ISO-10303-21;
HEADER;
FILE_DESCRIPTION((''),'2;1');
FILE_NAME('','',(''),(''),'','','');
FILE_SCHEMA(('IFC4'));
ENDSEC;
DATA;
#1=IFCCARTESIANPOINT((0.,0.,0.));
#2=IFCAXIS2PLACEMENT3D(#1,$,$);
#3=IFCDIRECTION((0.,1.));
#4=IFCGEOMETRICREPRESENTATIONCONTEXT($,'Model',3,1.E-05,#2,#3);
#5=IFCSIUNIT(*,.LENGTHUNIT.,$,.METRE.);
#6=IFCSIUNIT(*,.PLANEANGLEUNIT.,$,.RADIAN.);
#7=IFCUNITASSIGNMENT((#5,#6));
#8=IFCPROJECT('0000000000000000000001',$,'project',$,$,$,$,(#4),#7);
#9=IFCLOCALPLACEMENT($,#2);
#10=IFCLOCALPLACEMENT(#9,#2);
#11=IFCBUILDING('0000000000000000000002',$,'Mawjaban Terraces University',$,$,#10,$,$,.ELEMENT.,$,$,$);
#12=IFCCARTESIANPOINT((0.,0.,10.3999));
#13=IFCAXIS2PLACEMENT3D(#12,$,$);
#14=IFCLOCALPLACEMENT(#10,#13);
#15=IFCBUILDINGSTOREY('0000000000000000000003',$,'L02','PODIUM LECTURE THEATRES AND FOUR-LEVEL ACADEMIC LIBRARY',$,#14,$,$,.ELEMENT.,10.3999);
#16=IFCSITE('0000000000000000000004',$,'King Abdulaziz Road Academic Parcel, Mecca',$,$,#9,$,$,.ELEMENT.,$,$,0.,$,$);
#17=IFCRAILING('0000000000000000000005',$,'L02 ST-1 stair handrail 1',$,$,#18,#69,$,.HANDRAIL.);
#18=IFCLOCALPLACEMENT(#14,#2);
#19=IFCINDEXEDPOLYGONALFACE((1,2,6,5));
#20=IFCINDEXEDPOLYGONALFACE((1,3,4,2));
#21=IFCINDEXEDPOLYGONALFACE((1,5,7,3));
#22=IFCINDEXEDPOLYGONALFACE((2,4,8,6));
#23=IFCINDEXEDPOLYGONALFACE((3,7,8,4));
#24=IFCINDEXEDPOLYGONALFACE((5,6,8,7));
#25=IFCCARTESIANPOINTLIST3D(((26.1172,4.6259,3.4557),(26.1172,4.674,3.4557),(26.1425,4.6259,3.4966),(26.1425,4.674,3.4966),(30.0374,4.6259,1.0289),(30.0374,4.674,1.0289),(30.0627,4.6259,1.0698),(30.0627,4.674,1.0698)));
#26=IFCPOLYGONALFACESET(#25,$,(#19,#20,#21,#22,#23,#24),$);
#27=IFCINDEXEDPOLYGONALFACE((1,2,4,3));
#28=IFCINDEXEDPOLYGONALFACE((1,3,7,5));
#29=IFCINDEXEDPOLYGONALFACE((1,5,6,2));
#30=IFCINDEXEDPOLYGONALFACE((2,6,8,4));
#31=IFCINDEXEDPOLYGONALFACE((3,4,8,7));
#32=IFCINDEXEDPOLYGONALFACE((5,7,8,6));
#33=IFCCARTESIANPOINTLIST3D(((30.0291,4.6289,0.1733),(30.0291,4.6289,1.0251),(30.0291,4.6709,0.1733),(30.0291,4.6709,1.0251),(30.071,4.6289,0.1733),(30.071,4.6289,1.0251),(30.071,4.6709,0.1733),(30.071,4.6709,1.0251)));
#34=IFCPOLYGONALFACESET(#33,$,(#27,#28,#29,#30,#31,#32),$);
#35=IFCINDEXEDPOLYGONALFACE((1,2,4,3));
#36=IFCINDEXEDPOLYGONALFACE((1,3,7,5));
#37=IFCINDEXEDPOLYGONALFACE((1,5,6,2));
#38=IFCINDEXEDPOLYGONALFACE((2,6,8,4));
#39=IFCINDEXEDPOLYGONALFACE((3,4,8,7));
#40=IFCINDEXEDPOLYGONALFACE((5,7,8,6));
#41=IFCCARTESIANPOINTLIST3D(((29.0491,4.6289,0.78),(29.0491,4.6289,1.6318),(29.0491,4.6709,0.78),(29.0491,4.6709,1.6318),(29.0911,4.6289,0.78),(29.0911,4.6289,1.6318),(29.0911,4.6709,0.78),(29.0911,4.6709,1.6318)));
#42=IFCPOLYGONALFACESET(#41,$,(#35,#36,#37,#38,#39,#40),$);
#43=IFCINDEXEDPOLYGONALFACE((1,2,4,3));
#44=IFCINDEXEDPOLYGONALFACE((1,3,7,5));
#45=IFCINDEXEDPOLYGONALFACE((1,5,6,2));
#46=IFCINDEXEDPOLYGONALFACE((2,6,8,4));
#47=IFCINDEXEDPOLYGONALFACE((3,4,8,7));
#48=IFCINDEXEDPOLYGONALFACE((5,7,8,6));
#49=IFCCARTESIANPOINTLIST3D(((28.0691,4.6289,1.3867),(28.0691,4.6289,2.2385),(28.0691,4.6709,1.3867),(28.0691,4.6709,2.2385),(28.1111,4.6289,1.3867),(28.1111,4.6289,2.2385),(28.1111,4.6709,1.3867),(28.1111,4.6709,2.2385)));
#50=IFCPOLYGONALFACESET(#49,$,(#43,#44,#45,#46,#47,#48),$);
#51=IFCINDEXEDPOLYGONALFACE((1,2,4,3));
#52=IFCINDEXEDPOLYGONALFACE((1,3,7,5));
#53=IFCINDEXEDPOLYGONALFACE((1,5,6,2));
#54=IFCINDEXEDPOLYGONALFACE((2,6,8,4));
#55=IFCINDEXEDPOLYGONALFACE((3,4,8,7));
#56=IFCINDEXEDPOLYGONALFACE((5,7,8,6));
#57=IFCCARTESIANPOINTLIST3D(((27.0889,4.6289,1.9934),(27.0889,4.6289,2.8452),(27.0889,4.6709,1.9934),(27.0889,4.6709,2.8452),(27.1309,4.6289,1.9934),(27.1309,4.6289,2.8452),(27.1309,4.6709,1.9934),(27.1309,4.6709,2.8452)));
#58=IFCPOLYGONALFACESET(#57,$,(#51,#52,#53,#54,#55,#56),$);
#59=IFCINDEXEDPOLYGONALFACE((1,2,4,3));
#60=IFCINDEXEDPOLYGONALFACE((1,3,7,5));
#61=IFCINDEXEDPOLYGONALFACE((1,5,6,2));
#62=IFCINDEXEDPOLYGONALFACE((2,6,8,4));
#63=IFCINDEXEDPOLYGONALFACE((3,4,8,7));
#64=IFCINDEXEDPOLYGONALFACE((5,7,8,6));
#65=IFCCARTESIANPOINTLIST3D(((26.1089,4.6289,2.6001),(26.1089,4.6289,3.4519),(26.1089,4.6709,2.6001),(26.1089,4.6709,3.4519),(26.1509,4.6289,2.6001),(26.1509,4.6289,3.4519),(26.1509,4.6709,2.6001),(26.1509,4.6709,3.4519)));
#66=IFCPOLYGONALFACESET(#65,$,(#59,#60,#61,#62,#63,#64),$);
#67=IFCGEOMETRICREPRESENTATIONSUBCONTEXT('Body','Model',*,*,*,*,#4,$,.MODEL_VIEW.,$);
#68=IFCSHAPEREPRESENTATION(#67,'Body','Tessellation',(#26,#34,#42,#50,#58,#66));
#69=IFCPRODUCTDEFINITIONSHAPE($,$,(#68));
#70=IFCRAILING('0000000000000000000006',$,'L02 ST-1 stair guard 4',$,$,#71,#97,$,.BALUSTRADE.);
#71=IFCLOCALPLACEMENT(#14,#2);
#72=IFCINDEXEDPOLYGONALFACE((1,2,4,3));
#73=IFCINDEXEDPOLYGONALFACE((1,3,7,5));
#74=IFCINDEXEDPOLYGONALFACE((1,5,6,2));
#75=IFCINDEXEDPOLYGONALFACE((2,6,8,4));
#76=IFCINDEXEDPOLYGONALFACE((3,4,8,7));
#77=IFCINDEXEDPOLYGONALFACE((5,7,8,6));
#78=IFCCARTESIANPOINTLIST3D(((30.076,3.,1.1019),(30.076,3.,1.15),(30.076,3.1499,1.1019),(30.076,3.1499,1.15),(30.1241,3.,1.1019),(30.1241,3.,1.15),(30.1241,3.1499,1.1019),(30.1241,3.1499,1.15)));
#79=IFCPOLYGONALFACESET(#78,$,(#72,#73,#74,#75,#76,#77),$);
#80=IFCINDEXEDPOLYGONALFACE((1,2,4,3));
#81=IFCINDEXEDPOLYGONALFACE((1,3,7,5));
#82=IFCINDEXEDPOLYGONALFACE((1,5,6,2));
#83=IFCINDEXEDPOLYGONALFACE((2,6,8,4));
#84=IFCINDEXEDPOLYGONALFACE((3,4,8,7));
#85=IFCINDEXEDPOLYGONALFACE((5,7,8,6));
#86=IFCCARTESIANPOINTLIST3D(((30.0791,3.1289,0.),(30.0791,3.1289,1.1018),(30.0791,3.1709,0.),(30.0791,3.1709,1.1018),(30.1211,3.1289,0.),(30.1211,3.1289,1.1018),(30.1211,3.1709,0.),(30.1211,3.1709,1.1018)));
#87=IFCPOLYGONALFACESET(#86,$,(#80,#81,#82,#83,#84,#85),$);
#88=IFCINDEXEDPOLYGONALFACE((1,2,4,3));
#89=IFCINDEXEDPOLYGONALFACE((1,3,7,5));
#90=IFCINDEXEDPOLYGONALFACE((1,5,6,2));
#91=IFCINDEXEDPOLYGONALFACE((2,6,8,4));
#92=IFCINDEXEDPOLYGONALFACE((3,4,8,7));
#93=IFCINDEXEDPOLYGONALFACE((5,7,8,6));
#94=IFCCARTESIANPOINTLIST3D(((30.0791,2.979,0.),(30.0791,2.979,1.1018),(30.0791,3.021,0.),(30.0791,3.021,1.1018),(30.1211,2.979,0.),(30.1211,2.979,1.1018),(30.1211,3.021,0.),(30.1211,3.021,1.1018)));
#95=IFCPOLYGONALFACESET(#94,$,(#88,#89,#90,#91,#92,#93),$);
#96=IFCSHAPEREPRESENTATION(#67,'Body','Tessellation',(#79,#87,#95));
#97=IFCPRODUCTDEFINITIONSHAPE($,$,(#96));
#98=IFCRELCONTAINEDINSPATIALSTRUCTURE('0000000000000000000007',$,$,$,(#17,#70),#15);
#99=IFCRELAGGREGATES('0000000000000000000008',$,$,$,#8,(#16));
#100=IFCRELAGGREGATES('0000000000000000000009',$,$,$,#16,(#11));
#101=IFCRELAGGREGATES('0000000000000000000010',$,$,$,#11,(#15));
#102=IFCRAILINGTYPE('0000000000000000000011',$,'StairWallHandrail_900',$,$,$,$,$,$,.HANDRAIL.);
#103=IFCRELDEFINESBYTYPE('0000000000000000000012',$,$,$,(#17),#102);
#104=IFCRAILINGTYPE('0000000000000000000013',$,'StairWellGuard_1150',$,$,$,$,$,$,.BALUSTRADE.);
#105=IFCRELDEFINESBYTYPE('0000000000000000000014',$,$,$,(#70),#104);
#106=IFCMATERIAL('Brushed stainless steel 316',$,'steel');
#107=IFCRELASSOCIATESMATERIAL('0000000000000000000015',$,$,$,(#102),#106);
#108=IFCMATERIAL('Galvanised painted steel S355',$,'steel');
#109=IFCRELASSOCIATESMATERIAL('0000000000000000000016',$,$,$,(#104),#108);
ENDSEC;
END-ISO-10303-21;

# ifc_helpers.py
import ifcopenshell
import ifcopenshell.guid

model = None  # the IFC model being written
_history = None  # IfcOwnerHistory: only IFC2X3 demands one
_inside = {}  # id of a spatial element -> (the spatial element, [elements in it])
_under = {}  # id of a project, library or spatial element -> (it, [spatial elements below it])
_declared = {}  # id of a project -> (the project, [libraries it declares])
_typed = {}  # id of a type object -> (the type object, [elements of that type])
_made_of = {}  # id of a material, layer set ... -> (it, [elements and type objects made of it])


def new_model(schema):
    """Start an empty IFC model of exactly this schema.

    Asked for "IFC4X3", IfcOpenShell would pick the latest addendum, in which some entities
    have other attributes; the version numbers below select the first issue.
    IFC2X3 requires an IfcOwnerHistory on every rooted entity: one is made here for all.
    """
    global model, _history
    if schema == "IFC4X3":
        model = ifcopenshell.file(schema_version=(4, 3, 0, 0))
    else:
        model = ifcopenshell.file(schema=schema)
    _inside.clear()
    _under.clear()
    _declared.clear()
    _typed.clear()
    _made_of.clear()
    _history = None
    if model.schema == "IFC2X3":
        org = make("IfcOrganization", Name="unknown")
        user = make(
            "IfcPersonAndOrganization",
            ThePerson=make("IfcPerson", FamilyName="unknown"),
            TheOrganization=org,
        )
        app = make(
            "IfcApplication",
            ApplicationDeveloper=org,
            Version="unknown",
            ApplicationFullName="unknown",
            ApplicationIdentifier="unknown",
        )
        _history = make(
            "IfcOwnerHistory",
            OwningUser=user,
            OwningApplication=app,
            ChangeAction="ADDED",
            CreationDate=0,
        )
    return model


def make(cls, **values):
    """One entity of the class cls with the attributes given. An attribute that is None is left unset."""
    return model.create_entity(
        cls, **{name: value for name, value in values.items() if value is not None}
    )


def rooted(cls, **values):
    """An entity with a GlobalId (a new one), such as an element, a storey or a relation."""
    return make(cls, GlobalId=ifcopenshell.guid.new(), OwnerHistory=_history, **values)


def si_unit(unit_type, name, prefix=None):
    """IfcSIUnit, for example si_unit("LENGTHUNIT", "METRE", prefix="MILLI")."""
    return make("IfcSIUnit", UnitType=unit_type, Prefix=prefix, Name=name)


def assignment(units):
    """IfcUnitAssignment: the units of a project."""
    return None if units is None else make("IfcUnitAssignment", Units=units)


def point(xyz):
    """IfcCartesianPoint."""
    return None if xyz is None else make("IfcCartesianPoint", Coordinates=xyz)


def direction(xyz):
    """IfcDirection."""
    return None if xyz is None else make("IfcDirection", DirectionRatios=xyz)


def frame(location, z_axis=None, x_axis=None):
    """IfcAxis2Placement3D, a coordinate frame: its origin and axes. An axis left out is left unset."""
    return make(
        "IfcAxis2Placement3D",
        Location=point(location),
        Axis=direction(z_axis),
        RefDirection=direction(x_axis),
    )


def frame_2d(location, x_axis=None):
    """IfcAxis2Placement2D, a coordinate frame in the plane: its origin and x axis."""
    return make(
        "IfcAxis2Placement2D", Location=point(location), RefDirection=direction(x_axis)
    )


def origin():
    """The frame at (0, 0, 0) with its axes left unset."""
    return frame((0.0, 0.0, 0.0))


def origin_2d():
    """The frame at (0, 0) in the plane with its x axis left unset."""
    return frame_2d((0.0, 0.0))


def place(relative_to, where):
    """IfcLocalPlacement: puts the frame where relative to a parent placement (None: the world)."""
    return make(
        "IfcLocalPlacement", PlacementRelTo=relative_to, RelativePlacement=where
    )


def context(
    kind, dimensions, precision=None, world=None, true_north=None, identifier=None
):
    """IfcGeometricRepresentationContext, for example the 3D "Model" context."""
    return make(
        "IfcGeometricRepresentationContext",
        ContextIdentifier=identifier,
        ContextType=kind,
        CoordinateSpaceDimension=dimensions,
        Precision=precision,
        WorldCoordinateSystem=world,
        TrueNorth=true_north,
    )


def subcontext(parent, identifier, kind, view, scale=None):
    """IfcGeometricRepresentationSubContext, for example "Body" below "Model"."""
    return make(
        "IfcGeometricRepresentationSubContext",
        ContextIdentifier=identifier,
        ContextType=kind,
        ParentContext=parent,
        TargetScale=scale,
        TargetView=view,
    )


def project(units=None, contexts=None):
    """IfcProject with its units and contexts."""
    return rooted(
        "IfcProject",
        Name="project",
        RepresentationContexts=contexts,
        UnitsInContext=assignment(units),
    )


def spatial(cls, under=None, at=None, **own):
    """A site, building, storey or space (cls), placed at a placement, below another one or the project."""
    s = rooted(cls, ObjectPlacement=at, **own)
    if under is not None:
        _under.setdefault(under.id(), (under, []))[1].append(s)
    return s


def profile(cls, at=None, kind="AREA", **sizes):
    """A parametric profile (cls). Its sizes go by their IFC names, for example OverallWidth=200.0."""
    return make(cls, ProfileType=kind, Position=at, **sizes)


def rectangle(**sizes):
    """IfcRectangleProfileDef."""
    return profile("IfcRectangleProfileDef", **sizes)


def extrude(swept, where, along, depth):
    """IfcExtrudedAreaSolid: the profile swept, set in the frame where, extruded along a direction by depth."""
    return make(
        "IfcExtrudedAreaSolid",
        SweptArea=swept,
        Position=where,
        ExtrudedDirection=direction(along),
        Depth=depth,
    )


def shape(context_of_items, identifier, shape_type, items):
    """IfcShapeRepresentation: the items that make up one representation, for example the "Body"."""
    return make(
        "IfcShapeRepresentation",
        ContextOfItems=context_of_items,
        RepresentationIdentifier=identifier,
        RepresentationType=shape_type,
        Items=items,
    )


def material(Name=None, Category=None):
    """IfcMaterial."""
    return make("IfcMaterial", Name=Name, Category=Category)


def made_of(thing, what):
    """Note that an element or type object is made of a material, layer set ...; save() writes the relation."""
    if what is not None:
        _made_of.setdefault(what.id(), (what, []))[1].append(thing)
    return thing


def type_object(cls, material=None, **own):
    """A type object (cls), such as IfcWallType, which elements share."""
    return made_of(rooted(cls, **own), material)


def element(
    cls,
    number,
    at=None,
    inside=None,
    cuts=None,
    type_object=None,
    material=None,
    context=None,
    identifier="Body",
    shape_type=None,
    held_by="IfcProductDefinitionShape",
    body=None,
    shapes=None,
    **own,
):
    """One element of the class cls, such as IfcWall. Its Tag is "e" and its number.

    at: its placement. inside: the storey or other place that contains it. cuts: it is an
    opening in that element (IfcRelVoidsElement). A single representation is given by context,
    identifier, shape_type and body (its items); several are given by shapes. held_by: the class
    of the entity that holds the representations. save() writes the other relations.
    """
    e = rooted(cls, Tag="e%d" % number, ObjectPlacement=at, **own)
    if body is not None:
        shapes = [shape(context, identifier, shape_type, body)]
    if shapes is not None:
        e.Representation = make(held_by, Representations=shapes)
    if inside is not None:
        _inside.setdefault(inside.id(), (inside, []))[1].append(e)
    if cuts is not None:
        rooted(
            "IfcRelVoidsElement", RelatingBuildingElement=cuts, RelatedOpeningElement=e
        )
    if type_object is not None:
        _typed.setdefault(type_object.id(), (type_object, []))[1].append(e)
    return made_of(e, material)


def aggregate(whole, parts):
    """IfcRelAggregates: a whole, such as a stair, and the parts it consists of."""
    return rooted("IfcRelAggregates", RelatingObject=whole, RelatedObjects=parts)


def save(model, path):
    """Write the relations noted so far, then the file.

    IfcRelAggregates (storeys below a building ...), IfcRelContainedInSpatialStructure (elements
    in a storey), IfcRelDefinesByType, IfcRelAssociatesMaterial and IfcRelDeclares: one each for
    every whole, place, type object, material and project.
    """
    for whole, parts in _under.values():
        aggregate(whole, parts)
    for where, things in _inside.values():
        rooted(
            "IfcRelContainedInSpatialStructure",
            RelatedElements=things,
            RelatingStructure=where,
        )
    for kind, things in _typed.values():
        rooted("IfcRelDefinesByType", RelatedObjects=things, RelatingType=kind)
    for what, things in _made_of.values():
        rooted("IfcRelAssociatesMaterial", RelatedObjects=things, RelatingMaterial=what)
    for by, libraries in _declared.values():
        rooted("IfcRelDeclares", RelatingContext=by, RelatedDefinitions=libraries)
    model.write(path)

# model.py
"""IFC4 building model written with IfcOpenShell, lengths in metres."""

from ifc_helpers import new_model, si_unit, direction, frame, origin, origin_2d, place, context, subcontext, project, spatial, rectangle, extrude, material, type_object, element, save


model = new_model("IFC4")

# Units and contexts
model_context = context("Model", 3, precision=1e-05, world=origin(), true_north=direction((0.0, 1.0)))
body_context = subcontext(model_context, "Body", "Model", "MODEL_VIEW")
ifc_project = project(units=[si_unit("LENGTHUNIT", "METRE"), si_unit("PLANEANGLEUNIT", "RADIAN")], contexts=[model_context])

# Site, building, storey
site_placement = place(None, origin())
site = spatial("IfcSite", under=ifc_project, at=site_placement, Name="King Abdulaziz Road Academic Parcel, Mecca", CompositionType="ELEMENT", RefElevation=0.0)
building_placement = place(site_placement, origin())
building = spatial("IfcBuilding", under=site, at=building_placement, Name="Mawjaban Terraces University", CompositionType="ELEMENT")
storey_placement = place(building_placement, frame((0.0, 0.0, 10.3999)))
storey = spatial("IfcBuildingStorey", under=building, at=storey_placement, Name="L02", Description="PODIUM LECTURE THEATRES AND FOUR-LEVEL ACADEMIC LIBRARY", CompositionType="ELEMENT", Elevation=10.3999)

# Railings
ifc_material_1 = material(Name="Brushed stainless steel 316", Category="steel")
railing_type_1 = type_object("IfcRailingType", Name="StairWallHandrail_900", PredefinedType="HANDRAIL", material=ifc_material_1)
railing_1_placement = place(storey_placement, frame((30.05, 4.6499, 0.1733)))
element("IfcRailing", 1, at=railing_1_placement, inside=storey, type_object=railing_type_1, Name="L02 ST-1 stair handrail 1", PredefinedType="HANDRAIL", context=body_context, shape_type="SweptSolid", body=[
    extrude(rectangle(XDim=0.0481, YDim=0.0481, at=origin_2d()), frame((0.0, 0.0, 0.876), z_axis=(-0.850266, 0.0, 0.526353), x_axis=(0.0, -1.0, 0.0)), (0.0, 0.0, 1.0), 4.6106),
    extrude(rectangle(XDim=0.042, YDim=0.042, at=origin_2d()), origin(), (0.0, 0.0, 1.0), 0.8518),
    extrude(rectangle(XDim=0.042, YDim=0.042, at=origin_2d()), frame((-0.98, 0.0, 0.6067)), (0.0, 0.0, 1.0), 0.8518),
    extrude(rectangle(XDim=0.042, YDim=0.042, at=origin_2d()), frame((-1.96, 0.0, 1.2134)), (0.0, 0.0, 1.0), 0.8518),
    extrude(rectangle(XDim=0.042, YDim=0.042, at=origin_2d()), frame((-2.9402, 0.0, 1.8201)), (0.0, 0.0, 1.0), 0.8518),
    extrude(rectangle(XDim=0.042, YDim=0.042, at=origin_2d()), frame((-3.9202, 0.0, 2.4268)), (0.0, 0.0, 1.0), 0.8518),
])
ifc_material_2 = material(Name="Galvanised painted steel S355", Category="steel")
railing_type_2 = type_object("IfcRailingType", Name="StairWellGuard_1150", PredefinedType="BALUSTRADE", material=ifc_material_2)
railing_2_placement = place(storey_placement, frame((30.1001, 3.1499, 0.0)))
element("IfcRailing", 2, at=railing_2_placement, inside=storey, type_object=railing_type_2, Name="L02 ST-1 stair guard 4", PredefinedType="BALUSTRADE", context=body_context, shape_type="SweptSolid", body=[
    extrude(rectangle(XDim=0.0481, YDim=0.0481, at=origin_2d()), frame((0.0, 0.0, 1.126), z_axis=(0.0, -1.0, 0.0), x_axis=(1.0, 0.0, 0.0)), (0.0, 0.0, 1.0), 0.1499),
    extrude(rectangle(XDim=0.042, YDim=0.042, at=origin_2d()), origin(), (0.0, 0.0, 1.0), 1.1018),
    extrude(rectangle(XDim=0.042, YDim=0.042, at=origin_2d()), frame((0.0, -0.1499, 0.0)), (0.0, 0.0, 1.0), 1.1018),
])

save(model, "model.ifc")
